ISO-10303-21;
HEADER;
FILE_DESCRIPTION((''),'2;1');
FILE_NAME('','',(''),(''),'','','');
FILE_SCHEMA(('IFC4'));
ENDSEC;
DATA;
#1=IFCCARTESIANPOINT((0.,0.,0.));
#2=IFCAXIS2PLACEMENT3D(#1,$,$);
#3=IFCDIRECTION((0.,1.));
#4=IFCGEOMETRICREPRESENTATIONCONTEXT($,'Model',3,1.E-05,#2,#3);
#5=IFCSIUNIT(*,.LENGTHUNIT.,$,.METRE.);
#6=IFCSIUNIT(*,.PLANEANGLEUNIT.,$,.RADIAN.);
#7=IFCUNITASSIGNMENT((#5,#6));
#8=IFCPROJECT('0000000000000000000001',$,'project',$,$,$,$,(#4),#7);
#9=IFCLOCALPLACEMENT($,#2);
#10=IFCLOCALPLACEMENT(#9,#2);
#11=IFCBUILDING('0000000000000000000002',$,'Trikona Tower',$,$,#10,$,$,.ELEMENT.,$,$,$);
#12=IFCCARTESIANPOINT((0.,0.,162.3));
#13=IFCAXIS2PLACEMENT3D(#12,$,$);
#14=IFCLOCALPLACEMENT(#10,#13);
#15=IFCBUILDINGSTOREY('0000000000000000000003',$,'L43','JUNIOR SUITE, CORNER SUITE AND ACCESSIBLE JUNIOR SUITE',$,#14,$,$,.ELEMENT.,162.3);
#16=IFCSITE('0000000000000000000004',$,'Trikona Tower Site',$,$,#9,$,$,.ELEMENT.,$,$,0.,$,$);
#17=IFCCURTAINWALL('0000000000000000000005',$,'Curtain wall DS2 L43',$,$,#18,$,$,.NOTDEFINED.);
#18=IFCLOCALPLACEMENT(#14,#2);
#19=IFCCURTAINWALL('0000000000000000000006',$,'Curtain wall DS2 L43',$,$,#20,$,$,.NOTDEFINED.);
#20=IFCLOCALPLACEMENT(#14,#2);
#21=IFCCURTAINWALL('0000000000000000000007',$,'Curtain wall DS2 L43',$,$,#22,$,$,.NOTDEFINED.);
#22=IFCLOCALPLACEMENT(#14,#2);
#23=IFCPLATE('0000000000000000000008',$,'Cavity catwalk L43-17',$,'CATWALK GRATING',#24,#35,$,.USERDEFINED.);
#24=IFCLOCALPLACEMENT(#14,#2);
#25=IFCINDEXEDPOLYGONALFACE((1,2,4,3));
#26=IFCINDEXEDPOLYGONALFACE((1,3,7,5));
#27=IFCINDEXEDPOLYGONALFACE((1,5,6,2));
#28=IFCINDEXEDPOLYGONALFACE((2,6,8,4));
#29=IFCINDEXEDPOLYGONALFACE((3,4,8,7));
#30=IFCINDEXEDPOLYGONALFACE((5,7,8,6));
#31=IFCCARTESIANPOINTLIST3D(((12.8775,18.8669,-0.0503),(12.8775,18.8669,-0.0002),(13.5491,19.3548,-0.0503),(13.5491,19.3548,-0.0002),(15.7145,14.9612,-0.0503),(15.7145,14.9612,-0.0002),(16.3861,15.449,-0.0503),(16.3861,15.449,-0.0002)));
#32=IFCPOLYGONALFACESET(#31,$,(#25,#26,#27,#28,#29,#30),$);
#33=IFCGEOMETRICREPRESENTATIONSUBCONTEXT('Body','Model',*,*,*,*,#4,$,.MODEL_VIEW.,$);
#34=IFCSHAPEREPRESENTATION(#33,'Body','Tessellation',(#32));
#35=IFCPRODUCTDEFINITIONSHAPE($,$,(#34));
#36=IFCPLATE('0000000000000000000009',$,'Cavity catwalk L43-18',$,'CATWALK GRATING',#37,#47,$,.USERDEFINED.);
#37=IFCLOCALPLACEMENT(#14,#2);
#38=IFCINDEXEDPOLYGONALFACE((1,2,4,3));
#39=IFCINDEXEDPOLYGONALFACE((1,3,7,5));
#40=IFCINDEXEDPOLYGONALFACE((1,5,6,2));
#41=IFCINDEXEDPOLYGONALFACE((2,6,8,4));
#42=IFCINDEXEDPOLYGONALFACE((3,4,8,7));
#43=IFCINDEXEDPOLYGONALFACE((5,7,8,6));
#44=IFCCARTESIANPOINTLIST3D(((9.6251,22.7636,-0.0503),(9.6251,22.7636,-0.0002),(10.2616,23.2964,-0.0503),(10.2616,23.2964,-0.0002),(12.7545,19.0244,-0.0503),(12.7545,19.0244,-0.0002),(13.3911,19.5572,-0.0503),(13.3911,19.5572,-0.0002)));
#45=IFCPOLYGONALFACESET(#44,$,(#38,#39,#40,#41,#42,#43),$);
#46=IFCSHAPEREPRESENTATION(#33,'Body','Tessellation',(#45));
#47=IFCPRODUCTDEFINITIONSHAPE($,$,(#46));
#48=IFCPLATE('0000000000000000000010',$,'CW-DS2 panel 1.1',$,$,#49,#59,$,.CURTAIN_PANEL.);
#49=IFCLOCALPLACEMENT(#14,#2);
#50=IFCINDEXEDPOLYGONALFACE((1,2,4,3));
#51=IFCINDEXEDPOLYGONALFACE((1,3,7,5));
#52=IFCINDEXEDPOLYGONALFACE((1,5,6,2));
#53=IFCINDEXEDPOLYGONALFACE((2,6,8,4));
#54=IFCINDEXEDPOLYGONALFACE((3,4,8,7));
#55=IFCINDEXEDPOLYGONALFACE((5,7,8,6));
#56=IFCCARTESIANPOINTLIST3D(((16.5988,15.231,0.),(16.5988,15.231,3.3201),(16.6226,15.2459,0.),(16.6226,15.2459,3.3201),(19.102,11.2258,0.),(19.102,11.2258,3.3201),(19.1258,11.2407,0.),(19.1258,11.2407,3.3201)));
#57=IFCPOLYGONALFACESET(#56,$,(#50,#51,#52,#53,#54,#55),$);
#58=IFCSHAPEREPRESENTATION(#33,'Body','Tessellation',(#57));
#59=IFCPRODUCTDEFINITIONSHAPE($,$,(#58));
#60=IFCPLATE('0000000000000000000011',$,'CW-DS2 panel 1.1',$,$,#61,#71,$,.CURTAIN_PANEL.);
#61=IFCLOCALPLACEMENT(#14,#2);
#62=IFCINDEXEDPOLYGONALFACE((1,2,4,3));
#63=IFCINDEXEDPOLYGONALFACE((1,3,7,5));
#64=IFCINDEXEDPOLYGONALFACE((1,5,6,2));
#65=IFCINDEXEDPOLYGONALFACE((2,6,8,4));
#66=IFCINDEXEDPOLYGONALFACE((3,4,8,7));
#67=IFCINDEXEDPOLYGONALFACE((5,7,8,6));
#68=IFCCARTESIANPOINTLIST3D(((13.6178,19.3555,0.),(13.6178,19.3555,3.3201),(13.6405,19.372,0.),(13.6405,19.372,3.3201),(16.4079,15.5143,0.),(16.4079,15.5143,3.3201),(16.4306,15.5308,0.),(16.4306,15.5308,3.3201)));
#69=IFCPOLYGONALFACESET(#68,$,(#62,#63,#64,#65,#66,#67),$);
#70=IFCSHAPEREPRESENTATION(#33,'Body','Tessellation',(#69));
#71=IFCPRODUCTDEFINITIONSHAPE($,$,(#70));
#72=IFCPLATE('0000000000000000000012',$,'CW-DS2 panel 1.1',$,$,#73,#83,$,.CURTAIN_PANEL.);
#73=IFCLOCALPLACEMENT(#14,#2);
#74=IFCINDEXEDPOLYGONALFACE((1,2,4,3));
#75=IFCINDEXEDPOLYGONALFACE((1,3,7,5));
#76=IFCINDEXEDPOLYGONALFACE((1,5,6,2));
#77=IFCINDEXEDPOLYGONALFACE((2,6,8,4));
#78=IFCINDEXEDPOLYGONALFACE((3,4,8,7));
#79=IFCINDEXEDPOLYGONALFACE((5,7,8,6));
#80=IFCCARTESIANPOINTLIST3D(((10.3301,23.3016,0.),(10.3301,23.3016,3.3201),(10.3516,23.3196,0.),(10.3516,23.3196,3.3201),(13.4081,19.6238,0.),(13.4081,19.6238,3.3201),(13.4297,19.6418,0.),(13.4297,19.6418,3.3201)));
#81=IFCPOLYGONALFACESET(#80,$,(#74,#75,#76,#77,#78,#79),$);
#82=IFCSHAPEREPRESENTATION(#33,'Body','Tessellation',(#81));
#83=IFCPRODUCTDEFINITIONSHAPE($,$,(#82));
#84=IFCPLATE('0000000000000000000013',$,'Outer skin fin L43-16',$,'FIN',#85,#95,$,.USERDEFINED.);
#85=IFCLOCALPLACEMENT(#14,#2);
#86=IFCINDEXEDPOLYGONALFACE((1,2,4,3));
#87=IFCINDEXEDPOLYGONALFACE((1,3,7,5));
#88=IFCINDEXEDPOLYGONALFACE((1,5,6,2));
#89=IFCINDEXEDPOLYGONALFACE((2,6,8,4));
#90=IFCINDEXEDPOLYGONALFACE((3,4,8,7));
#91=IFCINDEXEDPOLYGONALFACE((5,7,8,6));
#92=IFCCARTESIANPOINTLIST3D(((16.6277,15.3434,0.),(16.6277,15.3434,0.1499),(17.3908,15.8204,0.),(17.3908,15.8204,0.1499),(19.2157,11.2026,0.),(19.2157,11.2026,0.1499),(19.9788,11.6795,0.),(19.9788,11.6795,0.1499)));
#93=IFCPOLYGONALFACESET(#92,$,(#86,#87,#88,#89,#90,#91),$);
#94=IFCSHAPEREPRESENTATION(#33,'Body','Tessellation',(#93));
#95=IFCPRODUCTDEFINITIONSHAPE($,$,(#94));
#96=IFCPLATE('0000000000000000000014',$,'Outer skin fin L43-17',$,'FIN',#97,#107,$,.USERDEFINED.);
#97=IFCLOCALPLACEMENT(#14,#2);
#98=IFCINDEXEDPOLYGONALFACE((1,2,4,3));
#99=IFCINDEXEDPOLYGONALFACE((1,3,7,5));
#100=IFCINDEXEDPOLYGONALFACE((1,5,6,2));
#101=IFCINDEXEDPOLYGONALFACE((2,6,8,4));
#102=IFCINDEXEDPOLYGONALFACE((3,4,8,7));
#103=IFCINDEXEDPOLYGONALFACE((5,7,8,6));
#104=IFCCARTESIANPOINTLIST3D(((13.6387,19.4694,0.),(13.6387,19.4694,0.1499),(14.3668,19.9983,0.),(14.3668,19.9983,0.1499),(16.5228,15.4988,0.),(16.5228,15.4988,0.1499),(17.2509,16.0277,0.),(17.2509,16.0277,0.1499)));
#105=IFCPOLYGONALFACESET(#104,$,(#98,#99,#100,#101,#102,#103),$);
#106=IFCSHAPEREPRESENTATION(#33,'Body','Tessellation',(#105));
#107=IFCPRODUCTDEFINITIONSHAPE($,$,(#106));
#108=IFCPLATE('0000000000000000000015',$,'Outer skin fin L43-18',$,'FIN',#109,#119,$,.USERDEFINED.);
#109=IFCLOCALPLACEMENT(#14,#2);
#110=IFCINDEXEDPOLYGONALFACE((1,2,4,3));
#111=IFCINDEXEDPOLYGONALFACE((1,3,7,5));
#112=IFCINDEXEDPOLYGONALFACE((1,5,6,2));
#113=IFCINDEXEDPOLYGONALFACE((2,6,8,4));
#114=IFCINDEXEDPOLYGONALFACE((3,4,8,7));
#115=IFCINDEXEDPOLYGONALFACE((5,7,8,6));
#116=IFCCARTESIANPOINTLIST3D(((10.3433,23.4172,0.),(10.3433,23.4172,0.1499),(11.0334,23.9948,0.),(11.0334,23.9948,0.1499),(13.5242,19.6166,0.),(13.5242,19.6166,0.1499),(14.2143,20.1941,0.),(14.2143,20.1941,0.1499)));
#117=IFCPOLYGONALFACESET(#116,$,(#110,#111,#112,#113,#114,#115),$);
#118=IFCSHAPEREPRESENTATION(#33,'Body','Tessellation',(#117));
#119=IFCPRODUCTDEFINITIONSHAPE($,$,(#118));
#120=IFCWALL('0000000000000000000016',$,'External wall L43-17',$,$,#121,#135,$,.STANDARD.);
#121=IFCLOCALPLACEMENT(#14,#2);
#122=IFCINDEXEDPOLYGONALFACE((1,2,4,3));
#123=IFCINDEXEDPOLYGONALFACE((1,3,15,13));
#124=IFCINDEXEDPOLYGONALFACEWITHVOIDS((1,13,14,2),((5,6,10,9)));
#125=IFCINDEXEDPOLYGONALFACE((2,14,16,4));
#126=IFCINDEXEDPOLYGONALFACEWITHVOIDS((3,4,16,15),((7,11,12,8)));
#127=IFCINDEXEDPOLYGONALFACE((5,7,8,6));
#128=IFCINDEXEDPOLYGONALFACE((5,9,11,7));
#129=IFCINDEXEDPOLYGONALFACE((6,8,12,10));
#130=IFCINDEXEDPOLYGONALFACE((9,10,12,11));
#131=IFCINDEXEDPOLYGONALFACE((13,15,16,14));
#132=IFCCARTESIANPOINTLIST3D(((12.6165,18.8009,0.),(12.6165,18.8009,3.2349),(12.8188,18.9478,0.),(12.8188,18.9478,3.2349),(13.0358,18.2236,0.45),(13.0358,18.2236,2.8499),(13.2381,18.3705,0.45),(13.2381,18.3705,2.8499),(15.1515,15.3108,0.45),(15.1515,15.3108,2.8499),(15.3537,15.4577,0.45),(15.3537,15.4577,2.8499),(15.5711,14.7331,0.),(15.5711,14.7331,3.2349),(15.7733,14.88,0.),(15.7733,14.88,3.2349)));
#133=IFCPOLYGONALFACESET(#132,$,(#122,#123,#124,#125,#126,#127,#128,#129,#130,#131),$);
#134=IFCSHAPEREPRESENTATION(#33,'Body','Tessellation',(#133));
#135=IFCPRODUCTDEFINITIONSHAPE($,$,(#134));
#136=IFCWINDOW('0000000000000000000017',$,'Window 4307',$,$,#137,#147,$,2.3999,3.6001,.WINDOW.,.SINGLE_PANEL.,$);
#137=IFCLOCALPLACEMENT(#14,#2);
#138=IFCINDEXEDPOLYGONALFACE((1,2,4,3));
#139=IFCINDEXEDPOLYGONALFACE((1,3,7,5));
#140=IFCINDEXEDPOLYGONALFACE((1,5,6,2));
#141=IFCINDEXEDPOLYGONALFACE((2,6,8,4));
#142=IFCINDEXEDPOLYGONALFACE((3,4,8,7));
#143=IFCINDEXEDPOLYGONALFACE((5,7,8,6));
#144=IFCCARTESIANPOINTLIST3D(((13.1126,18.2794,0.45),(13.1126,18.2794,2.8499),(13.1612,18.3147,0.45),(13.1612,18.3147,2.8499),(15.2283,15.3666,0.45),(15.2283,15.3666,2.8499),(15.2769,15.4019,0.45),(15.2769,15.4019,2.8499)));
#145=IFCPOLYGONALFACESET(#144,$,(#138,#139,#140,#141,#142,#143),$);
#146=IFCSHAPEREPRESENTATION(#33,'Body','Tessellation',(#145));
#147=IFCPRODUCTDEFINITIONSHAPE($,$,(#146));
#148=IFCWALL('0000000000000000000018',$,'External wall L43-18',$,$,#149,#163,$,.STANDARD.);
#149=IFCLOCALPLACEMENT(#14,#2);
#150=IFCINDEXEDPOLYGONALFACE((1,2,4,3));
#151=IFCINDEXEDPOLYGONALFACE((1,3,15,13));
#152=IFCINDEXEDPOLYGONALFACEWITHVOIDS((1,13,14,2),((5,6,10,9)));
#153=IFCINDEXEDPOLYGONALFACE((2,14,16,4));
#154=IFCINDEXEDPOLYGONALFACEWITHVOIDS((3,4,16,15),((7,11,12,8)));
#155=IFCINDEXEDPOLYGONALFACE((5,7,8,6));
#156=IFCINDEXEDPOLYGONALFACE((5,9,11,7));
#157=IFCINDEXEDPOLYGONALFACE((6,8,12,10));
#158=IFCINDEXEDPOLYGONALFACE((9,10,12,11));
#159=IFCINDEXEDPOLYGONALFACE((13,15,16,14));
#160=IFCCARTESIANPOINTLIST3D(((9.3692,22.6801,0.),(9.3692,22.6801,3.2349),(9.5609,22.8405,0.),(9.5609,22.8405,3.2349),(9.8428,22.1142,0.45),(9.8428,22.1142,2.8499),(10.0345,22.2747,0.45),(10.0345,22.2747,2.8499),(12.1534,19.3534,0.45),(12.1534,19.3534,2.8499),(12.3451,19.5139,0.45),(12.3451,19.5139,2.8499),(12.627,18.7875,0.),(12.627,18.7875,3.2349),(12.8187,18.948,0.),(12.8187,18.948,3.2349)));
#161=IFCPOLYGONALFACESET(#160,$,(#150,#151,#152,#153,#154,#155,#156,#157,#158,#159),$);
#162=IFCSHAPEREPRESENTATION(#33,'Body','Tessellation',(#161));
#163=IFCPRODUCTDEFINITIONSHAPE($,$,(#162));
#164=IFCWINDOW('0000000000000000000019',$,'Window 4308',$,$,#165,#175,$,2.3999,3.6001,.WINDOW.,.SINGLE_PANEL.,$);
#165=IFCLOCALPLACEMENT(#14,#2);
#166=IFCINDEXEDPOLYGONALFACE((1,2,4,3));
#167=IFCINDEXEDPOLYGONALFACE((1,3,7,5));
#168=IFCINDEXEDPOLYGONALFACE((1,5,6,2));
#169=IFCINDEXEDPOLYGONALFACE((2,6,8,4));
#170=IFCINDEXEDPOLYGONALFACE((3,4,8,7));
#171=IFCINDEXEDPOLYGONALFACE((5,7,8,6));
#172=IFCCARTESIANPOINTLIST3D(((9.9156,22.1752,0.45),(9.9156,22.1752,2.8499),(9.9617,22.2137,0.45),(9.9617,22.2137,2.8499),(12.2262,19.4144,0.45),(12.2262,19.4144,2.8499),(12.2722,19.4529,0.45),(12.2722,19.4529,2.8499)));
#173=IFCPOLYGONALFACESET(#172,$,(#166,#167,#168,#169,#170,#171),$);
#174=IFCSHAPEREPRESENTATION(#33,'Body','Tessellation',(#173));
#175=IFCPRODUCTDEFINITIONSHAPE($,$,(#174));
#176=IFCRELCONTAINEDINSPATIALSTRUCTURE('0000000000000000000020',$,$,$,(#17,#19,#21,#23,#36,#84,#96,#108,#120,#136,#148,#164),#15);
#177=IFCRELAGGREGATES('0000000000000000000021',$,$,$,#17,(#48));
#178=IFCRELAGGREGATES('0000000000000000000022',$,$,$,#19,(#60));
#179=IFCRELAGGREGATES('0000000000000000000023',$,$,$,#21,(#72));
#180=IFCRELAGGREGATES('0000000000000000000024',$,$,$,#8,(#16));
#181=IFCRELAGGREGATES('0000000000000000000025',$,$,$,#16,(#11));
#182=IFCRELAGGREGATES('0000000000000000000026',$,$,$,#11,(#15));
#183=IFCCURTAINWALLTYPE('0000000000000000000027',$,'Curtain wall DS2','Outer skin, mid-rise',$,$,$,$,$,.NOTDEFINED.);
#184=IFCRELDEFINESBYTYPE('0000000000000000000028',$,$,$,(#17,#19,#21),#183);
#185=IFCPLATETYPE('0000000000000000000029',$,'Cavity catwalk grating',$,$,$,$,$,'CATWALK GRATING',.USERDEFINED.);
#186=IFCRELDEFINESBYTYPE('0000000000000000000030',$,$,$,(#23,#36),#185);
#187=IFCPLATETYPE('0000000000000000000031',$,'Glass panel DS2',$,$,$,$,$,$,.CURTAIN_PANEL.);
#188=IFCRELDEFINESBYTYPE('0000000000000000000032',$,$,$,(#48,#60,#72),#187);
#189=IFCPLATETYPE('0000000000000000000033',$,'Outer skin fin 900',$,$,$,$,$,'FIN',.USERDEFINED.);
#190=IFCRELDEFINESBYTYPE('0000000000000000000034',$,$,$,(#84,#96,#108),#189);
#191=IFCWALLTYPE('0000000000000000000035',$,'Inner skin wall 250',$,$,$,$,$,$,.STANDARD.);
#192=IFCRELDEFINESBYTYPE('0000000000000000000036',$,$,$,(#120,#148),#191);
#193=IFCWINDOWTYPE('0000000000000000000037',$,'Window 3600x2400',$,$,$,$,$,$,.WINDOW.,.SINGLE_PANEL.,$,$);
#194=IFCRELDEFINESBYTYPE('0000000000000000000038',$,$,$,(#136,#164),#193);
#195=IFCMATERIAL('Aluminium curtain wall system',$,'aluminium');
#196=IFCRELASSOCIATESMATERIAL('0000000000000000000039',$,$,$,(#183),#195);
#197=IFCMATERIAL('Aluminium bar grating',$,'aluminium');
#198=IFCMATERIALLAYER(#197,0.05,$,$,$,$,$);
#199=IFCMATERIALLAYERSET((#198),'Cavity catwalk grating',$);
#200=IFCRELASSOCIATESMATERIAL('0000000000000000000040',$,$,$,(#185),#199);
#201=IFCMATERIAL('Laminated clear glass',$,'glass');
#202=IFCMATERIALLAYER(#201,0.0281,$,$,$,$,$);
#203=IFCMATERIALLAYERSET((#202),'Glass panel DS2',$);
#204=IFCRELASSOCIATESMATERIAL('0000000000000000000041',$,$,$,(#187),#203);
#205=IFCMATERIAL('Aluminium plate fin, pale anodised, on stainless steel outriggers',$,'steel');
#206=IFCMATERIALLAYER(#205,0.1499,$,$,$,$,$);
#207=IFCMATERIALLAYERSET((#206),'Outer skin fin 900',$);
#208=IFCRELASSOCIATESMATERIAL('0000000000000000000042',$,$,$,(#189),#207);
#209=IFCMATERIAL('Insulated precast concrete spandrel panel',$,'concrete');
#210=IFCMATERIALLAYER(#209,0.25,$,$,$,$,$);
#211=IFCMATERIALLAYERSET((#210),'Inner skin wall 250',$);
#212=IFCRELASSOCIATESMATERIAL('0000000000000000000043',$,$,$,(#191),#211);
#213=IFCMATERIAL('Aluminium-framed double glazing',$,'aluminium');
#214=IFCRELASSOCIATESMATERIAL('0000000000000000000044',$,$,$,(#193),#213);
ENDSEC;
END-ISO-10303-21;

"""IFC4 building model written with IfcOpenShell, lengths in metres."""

from ifc_helpers import new_model, si_unit, direction, frame, frame_2d, origin, origin_2d, place, context, subcontext, project, spatial, rectangle, extrude, material, layer, layer_set, type_object, element, fill, aggregate, save


model = new_model("IFC4")

# Units and contexts
model_context = context("Model", 3, precision=1e-05, world=origin(), true_north=direction((0.0, 1.0)))
body_context = subcontext(model_context, "Body", "Model", "MODEL_VIEW")
ifc_project = project(units=[si_unit("LENGTHUNIT", "METRE"), si_unit("PLANEANGLEUNIT", "RADIAN")], contexts=[model_context])

# Site, building, storey
site_placement = place(None, origin())
site = spatial("IfcSite", under=ifc_project, at=site_placement, Name="Trikona Tower Site", CompositionType="ELEMENT", RefElevation=0.0)
building_placement = place(site_placement, origin())
building = spatial("IfcBuilding", under=site, at=building_placement, Name="Trikona Tower", CompositionType="ELEMENT")
storey_placement = place(building_placement, frame((0.0, 0.0, 162.3)))
storey = spatial("IfcBuildingStorey", under=building, at=storey_placement, Name="L43", Description="JUNIOR SUITE, CORNER SUITE AND ACCESSIBLE JUNIOR SUITE", CompositionType="ELEMENT", Elevation=162.3)

# Curtain walls
ifc_material_1 = material(Name="Aluminium curtain wall system", Category="aluminium")
curtain_wall_type = type_object("IfcCurtainWallType", Name="Curtain wall DS2", Description="Outer skin, mid-rise", PredefinedType="NOTDEFINED", material=ifc_material_1)
curtain_wall_1_placement = place(storey_placement, origin())
curtain_wall_1 = element("IfcCurtainWall", 1, at=curtain_wall_1_placement, inside=storey, type_object=curtain_wall_type, Name="Curtain wall DS2 L43", PredefinedType="NOTDEFINED")
curtain_wall_2_placement = place(storey_placement, origin())
curtain_wall_2 = element("IfcCurtainWall", 2, at=curtain_wall_2_placement, inside=storey, type_object=curtain_wall_type, Name="Curtain wall DS2 L43", PredefinedType="NOTDEFINED")
curtain_wall_3_placement = place(storey_placement, origin())
curtain_wall_3 = element("IfcCurtainWall", 3, at=curtain_wall_3_placement, inside=storey, type_object=curtain_wall_type, Name="Curtain wall DS2 L43", PredefinedType="NOTDEFINED")

# Plates
ifc_material_2 = material(Name="Aluminium bar grating", Category="aluminium")
ifc_layer_1 = layer(ifc_material_2, 0.05)
ifc_layer_set_1 = layer_set([ifc_layer_1], Name="Cavity catwalk grating")
plate_type_1 = type_object("IfcPlateType", Name="Cavity catwalk grating", ElementType="CATWALK GRATING", PredefinedType="USERDEFINED", material=ifc_layer_set_1)
plate_1_placement = place(storey_placement, frame((14.6318, 17.158, -0.0503), z_axis=(0.0, 0.0, 1.0), x_axis=(-0.587686, 0.809089, 0.0)))
element("IfcPlate", 4, at=plate_1_placement, inside=storey, type_object=plate_type_1, Name="Cavity catwalk L43-17", ObjectType="CATWALK GRATING", PredefinedType="USERDEFINED", context=body_context, shape_type="SweptSolid", body=[
    extrude(rectangle(XDim=4.8274, YDim=0.8301, at=origin_2d()), origin(), (0.0, 0.0, 1.0), 0.05),
])
plate_2_placement = place(storey_placement, frame((11.5081, 21.1604, -0.0503), z_axis=(0.0, 0.0, 1.0), x_axis=(-0.641807, 0.766866, 0.0)))
element("IfcPlate", 5, at=plate_2_placement, inside=storey, type_object=plate_type_1, Name="Cavity catwalk L43-18", ObjectType="CATWALK GRATING", PredefinedType="USERDEFINED", context=body_context, shape_type="SweptSolid", body=[
    extrude(rectangle(XDim=4.876, YDim=0.8301, at=origin_2d()), origin(), (0.0, 0.0, 1.0), 0.05),
])

# Plates
ifc_material_3 = material(Name="Laminated clear glass", Category="glass")
ifc_layer_2 = layer(ifc_material_3, 0.0281)
ifc_layer_set_2 = layer_set([ifc_layer_2], Name="Glass panel DS2")
plate_type_2 = type_object("IfcPlateType", Name="Glass panel DS2", PredefinedType="CURTAIN_PANEL", material=ifc_layer_set_2)
plate_3_placement = place(storey_placement, frame((17.8623, 13.2358, 0.0), z_axis=(0.0, 0.0, 1.0), x_axis=(-0.529999, 0.847998, 0.0)))
plate_3 = element("IfcPlate", 6, at=plate_3_placement, type_object=plate_type_2, Name="CW-DS2 panel 1.1", PredefinedType="CURTAIN_PANEL", context=body_context, shape_type="SweptSolid", body=[
    extrude(rectangle(XDim=4.7231, YDim=0.0281, at=origin_2d()), origin(), (0.0, 0.0, 1.0), 3.3201),
])
aggregate(curtain_wall_1, [plate_3])
plate_4_placement = place(storey_placement, frame((15.0242, 17.4431, 0.0), z_axis=(0.0, 0.0, 1.0), x_axis=(-0.587691, 0.809086, 0.0)))
plate_4 = element("IfcPlate", 7, at=plate_4_placement, type_object=plate_type_2, Name="CW-DS2 panel 1.1", PredefinedType="CURTAIN_PANEL", context=body_context, shape_type="SweptSolid", body=[
    extrude(rectangle(XDim=4.7476, YDim=0.0281, at=origin_2d()), origin(), (0.0, 0.0, 1.0), 3.3201),
])
aggregate(curtain_wall_2, [plate_4])
plate_5_placement = place(storey_placement, frame((11.8799, 21.4717, 0.0), z_axis=(0.0, 0.0, 1.0), x_axis=(-0.641806, 0.766867, 0.0)))
plate_5 = element("IfcPlate", 8, at=plate_5_placement, type_object=plate_type_2, Name="CW-DS2 panel 1.1", PredefinedType="CURTAIN_PANEL", context=body_context, shape_type="SweptSolid", body=[
    extrude(rectangle(XDim=4.7959, YDim=0.0281, at=origin_2d()), origin(), (0.0, 0.0, 1.0), 3.3201),
])
aggregate(curtain_wall_3, [plate_5])

# Plates
ifc_material_4 = material(Name="Aluminium plate fin, pale anodised, on stainless steel outriggers", Category="steel")
ifc_layer_3 = layer(ifc_material_4, 0.1499)
ifc_layer_set_3 = layer_set([ifc_layer_3], Name="Outer skin fin 900")
plate_type_3 = type_object("IfcPlateType", Name="Outer skin fin 900", ElementType="FIN", PredefinedType="USERDEFINED", material=ifc_layer_set_3)
plate_6_placement = place(storey_placement, frame((18.3032, 13.5115, 0.0), z_axis=(0.0, 0.0, 1.0), x_axis=(-0.529995, 0.848001, 0.0)))
element("IfcPlate", 9, at=plate_6_placement, inside=storey, type_object=plate_type_3, Name="Outer skin fin L43-16", ObjectType="FIN", PredefinedType="USERDEFINED", context=body_context, shape_type="SweptSolid", body=[
    extrude(rectangle(XDim=4.8831, YDim=0.8999, at=origin_2d()), origin(), (0.0, 0.0, 1.0), 0.1499),
])
plate_7_placement = place(storey_placement, frame((15.4448, 17.7485, 0.0), z_axis=(0.0, 0.0, 1.0), x_axis=(-0.587686, 0.809089, 0.0)))
element("IfcPlate", 10, at=plate_7_placement, inside=storey, type_object=plate_type_3, Name="Outer skin fin L43-17", ObjectType="FIN", PredefinedType="USERDEFINED", context=body_context, shape_type="SweptSolid", body=[
    extrude(rectangle(XDim=4.9075, YDim=0.8999, at=origin_2d()), origin(), (0.0, 0.0, 1.0), 0.1499),
])
plate_8_placement = place(storey_placement, frame((12.2788, 21.8057, 0.0), z_axis=(0.0, 0.0, 1.0), x_axis=(-0.641807, 0.766866, 0.0)))
element("IfcPlate", 11, at=plate_8_placement, inside=storey, type_object=plate_type_3, Name="Outer skin fin L43-18", ObjectType="FIN", PredefinedType="USERDEFINED", context=body_context, shape_type="SweptSolid", body=[
    extrude(rectangle(XDim=4.9561, YDim=0.8999, at=origin_2d()), origin(), (0.0, 0.0, 1.0), 0.1499),
])

# Walls, openings, windows
ifc_material_5 = material(Name="Insulated precast concrete spandrel panel", Category="concrete")
ifc_layer_4 = layer(ifc_material_5, 0.25)
ifc_layer_set_4 = layer_set([ifc_layer_4], Name="Inner skin wall 250")
wall_type = type_object("IfcWallType", Name="Inner skin wall 250", PredefinedType="STANDARD", material=ifc_layer_set_4)
wall_1_placement = place(storey_placement, frame((15.6721, 14.8066, 0.0), z_axis=(0.0, 0.0, 1.0), x_axis=(-0.587669, 0.809101, 0.0)))
wall_1 = element("IfcWall", 12, at=wall_1_placement, inside=storey, type_object=wall_type, Name="External wall L43-17", PredefinedType="STANDARD", context=body_context, shape_type="SweptSolid", body=[
    extrude(rectangle(XDim=5.0276, YDim=0.25, at=frame_2d((2.5137, 0.0))), origin(), (0.0, 0.0, 1.0), 3.2349),
])
opening_1_placement = place(wall_1_placement, frame((0.7139, 0.0, 0.45)))
opening_1 = element("IfcOpeningElement", 13, at=opening_1_placement, cuts=wall_1, PredefinedType="OPENING", context=body_context, shape_type="SweptSolid", body=[
    extrude(rectangle(XDim=3.6001, YDim=2.3999, at=frame_2d((1.8, 1.2))), frame((0.0, 0.135, 0.0), z_axis=(0.0, -1.0, 0.0), x_axis=(1.0, 0.0, 0.0)), (0.0, 0.0, 1.0), 0.27),
])
ifc_material_6 = material(Name="Aluminium-framed double glazing", Category="aluminium")
window_type = type_object("IfcWindowType", Name="Window 3600x2400", PartitioningType="SINGLE_PANEL", PredefinedType="WINDOW", material=ifc_material_6)
window_1_placement = place(opening_1_placement, origin())
window_1 = element("IfcWindow", 14, at=window_1_placement, inside=storey, type_object=window_type, Name="Window 4307", OverallHeight=2.3999, OverallWidth=3.6001, PartitioningType="SINGLE_PANEL", PredefinedType="WINDOW", context=body_context, shape_type="SweptSolid", body=[
    extrude(rectangle(XDim=3.6001, YDim=2.3999, at=frame_2d((1.8, 1.2))), frame((0.0, 0.03, 0.0), z_axis=(0.0, -1.0, 0.0), x_axis=(1.0, 0.0, 0.0)), (0.0, 0.0, 1.0), 0.0601),
])
fill(opening_1, window_1)
wall_2_placement = place(storey_placement, frame((12.7229, 18.8677, 0.0), z_axis=(0.0, 0.0, 1.0), x_axis=(-0.64181, 0.766863, 0.0)))
wall_2 = element("IfcWall", 15, at=wall_2_placement, inside=storey, type_object=wall_type, Name="External wall L43-18", PredefinedType="STANDARD", context=body_context, shape_type="SweptSolid", body=[
    extrude(rectangle(XDim=5.0759, YDim=0.25, at=frame_2d((2.5381, 0.0))), origin(), (0.0, 0.0, 1.0), 3.2349),
])
opening_2_placement = place(wall_2_placement, frame((0.738, 0.0, 0.45)))
opening_2 = element("IfcOpeningElement", 16, at=opening_2_placement, cuts=wall_2, PredefinedType="OPENING", context=body_context, shape_type="SweptSolid", body=[
    extrude(rectangle(XDim=3.6001, YDim=2.3999, at=frame_2d((1.8, 1.2))), frame((0.0, 0.135, 0.0), z_axis=(0.0, -1.0, 0.0), x_axis=(1.0, 0.0, 0.0)), (0.0, 0.0, 1.0), 0.27),
])
window_2_placement = place(opening_2_placement, origin())
window_2 = element("IfcWindow", 17, at=window_2_placement, inside=storey, type_object=window_type, Name="Window 4308", OverallHeight=2.3999, OverallWidth=3.6001, PartitioningType="SINGLE_PANEL", PredefinedType="WINDOW", context=body_context, shape_type="SweptSolid", body=[
    extrude(rectangle(XDim=3.6001, YDim=2.3999, at=frame_2d((1.8, 1.2))), frame((0.0, 0.03, 0.0), z_axis=(0.0, -1.0, 0.0), x_axis=(1.0, 0.0, 0.0)), (0.0, 0.0, 1.0), 0.0601),
])
fill(opening_2, window_2)

save(model, "model.ifc")
